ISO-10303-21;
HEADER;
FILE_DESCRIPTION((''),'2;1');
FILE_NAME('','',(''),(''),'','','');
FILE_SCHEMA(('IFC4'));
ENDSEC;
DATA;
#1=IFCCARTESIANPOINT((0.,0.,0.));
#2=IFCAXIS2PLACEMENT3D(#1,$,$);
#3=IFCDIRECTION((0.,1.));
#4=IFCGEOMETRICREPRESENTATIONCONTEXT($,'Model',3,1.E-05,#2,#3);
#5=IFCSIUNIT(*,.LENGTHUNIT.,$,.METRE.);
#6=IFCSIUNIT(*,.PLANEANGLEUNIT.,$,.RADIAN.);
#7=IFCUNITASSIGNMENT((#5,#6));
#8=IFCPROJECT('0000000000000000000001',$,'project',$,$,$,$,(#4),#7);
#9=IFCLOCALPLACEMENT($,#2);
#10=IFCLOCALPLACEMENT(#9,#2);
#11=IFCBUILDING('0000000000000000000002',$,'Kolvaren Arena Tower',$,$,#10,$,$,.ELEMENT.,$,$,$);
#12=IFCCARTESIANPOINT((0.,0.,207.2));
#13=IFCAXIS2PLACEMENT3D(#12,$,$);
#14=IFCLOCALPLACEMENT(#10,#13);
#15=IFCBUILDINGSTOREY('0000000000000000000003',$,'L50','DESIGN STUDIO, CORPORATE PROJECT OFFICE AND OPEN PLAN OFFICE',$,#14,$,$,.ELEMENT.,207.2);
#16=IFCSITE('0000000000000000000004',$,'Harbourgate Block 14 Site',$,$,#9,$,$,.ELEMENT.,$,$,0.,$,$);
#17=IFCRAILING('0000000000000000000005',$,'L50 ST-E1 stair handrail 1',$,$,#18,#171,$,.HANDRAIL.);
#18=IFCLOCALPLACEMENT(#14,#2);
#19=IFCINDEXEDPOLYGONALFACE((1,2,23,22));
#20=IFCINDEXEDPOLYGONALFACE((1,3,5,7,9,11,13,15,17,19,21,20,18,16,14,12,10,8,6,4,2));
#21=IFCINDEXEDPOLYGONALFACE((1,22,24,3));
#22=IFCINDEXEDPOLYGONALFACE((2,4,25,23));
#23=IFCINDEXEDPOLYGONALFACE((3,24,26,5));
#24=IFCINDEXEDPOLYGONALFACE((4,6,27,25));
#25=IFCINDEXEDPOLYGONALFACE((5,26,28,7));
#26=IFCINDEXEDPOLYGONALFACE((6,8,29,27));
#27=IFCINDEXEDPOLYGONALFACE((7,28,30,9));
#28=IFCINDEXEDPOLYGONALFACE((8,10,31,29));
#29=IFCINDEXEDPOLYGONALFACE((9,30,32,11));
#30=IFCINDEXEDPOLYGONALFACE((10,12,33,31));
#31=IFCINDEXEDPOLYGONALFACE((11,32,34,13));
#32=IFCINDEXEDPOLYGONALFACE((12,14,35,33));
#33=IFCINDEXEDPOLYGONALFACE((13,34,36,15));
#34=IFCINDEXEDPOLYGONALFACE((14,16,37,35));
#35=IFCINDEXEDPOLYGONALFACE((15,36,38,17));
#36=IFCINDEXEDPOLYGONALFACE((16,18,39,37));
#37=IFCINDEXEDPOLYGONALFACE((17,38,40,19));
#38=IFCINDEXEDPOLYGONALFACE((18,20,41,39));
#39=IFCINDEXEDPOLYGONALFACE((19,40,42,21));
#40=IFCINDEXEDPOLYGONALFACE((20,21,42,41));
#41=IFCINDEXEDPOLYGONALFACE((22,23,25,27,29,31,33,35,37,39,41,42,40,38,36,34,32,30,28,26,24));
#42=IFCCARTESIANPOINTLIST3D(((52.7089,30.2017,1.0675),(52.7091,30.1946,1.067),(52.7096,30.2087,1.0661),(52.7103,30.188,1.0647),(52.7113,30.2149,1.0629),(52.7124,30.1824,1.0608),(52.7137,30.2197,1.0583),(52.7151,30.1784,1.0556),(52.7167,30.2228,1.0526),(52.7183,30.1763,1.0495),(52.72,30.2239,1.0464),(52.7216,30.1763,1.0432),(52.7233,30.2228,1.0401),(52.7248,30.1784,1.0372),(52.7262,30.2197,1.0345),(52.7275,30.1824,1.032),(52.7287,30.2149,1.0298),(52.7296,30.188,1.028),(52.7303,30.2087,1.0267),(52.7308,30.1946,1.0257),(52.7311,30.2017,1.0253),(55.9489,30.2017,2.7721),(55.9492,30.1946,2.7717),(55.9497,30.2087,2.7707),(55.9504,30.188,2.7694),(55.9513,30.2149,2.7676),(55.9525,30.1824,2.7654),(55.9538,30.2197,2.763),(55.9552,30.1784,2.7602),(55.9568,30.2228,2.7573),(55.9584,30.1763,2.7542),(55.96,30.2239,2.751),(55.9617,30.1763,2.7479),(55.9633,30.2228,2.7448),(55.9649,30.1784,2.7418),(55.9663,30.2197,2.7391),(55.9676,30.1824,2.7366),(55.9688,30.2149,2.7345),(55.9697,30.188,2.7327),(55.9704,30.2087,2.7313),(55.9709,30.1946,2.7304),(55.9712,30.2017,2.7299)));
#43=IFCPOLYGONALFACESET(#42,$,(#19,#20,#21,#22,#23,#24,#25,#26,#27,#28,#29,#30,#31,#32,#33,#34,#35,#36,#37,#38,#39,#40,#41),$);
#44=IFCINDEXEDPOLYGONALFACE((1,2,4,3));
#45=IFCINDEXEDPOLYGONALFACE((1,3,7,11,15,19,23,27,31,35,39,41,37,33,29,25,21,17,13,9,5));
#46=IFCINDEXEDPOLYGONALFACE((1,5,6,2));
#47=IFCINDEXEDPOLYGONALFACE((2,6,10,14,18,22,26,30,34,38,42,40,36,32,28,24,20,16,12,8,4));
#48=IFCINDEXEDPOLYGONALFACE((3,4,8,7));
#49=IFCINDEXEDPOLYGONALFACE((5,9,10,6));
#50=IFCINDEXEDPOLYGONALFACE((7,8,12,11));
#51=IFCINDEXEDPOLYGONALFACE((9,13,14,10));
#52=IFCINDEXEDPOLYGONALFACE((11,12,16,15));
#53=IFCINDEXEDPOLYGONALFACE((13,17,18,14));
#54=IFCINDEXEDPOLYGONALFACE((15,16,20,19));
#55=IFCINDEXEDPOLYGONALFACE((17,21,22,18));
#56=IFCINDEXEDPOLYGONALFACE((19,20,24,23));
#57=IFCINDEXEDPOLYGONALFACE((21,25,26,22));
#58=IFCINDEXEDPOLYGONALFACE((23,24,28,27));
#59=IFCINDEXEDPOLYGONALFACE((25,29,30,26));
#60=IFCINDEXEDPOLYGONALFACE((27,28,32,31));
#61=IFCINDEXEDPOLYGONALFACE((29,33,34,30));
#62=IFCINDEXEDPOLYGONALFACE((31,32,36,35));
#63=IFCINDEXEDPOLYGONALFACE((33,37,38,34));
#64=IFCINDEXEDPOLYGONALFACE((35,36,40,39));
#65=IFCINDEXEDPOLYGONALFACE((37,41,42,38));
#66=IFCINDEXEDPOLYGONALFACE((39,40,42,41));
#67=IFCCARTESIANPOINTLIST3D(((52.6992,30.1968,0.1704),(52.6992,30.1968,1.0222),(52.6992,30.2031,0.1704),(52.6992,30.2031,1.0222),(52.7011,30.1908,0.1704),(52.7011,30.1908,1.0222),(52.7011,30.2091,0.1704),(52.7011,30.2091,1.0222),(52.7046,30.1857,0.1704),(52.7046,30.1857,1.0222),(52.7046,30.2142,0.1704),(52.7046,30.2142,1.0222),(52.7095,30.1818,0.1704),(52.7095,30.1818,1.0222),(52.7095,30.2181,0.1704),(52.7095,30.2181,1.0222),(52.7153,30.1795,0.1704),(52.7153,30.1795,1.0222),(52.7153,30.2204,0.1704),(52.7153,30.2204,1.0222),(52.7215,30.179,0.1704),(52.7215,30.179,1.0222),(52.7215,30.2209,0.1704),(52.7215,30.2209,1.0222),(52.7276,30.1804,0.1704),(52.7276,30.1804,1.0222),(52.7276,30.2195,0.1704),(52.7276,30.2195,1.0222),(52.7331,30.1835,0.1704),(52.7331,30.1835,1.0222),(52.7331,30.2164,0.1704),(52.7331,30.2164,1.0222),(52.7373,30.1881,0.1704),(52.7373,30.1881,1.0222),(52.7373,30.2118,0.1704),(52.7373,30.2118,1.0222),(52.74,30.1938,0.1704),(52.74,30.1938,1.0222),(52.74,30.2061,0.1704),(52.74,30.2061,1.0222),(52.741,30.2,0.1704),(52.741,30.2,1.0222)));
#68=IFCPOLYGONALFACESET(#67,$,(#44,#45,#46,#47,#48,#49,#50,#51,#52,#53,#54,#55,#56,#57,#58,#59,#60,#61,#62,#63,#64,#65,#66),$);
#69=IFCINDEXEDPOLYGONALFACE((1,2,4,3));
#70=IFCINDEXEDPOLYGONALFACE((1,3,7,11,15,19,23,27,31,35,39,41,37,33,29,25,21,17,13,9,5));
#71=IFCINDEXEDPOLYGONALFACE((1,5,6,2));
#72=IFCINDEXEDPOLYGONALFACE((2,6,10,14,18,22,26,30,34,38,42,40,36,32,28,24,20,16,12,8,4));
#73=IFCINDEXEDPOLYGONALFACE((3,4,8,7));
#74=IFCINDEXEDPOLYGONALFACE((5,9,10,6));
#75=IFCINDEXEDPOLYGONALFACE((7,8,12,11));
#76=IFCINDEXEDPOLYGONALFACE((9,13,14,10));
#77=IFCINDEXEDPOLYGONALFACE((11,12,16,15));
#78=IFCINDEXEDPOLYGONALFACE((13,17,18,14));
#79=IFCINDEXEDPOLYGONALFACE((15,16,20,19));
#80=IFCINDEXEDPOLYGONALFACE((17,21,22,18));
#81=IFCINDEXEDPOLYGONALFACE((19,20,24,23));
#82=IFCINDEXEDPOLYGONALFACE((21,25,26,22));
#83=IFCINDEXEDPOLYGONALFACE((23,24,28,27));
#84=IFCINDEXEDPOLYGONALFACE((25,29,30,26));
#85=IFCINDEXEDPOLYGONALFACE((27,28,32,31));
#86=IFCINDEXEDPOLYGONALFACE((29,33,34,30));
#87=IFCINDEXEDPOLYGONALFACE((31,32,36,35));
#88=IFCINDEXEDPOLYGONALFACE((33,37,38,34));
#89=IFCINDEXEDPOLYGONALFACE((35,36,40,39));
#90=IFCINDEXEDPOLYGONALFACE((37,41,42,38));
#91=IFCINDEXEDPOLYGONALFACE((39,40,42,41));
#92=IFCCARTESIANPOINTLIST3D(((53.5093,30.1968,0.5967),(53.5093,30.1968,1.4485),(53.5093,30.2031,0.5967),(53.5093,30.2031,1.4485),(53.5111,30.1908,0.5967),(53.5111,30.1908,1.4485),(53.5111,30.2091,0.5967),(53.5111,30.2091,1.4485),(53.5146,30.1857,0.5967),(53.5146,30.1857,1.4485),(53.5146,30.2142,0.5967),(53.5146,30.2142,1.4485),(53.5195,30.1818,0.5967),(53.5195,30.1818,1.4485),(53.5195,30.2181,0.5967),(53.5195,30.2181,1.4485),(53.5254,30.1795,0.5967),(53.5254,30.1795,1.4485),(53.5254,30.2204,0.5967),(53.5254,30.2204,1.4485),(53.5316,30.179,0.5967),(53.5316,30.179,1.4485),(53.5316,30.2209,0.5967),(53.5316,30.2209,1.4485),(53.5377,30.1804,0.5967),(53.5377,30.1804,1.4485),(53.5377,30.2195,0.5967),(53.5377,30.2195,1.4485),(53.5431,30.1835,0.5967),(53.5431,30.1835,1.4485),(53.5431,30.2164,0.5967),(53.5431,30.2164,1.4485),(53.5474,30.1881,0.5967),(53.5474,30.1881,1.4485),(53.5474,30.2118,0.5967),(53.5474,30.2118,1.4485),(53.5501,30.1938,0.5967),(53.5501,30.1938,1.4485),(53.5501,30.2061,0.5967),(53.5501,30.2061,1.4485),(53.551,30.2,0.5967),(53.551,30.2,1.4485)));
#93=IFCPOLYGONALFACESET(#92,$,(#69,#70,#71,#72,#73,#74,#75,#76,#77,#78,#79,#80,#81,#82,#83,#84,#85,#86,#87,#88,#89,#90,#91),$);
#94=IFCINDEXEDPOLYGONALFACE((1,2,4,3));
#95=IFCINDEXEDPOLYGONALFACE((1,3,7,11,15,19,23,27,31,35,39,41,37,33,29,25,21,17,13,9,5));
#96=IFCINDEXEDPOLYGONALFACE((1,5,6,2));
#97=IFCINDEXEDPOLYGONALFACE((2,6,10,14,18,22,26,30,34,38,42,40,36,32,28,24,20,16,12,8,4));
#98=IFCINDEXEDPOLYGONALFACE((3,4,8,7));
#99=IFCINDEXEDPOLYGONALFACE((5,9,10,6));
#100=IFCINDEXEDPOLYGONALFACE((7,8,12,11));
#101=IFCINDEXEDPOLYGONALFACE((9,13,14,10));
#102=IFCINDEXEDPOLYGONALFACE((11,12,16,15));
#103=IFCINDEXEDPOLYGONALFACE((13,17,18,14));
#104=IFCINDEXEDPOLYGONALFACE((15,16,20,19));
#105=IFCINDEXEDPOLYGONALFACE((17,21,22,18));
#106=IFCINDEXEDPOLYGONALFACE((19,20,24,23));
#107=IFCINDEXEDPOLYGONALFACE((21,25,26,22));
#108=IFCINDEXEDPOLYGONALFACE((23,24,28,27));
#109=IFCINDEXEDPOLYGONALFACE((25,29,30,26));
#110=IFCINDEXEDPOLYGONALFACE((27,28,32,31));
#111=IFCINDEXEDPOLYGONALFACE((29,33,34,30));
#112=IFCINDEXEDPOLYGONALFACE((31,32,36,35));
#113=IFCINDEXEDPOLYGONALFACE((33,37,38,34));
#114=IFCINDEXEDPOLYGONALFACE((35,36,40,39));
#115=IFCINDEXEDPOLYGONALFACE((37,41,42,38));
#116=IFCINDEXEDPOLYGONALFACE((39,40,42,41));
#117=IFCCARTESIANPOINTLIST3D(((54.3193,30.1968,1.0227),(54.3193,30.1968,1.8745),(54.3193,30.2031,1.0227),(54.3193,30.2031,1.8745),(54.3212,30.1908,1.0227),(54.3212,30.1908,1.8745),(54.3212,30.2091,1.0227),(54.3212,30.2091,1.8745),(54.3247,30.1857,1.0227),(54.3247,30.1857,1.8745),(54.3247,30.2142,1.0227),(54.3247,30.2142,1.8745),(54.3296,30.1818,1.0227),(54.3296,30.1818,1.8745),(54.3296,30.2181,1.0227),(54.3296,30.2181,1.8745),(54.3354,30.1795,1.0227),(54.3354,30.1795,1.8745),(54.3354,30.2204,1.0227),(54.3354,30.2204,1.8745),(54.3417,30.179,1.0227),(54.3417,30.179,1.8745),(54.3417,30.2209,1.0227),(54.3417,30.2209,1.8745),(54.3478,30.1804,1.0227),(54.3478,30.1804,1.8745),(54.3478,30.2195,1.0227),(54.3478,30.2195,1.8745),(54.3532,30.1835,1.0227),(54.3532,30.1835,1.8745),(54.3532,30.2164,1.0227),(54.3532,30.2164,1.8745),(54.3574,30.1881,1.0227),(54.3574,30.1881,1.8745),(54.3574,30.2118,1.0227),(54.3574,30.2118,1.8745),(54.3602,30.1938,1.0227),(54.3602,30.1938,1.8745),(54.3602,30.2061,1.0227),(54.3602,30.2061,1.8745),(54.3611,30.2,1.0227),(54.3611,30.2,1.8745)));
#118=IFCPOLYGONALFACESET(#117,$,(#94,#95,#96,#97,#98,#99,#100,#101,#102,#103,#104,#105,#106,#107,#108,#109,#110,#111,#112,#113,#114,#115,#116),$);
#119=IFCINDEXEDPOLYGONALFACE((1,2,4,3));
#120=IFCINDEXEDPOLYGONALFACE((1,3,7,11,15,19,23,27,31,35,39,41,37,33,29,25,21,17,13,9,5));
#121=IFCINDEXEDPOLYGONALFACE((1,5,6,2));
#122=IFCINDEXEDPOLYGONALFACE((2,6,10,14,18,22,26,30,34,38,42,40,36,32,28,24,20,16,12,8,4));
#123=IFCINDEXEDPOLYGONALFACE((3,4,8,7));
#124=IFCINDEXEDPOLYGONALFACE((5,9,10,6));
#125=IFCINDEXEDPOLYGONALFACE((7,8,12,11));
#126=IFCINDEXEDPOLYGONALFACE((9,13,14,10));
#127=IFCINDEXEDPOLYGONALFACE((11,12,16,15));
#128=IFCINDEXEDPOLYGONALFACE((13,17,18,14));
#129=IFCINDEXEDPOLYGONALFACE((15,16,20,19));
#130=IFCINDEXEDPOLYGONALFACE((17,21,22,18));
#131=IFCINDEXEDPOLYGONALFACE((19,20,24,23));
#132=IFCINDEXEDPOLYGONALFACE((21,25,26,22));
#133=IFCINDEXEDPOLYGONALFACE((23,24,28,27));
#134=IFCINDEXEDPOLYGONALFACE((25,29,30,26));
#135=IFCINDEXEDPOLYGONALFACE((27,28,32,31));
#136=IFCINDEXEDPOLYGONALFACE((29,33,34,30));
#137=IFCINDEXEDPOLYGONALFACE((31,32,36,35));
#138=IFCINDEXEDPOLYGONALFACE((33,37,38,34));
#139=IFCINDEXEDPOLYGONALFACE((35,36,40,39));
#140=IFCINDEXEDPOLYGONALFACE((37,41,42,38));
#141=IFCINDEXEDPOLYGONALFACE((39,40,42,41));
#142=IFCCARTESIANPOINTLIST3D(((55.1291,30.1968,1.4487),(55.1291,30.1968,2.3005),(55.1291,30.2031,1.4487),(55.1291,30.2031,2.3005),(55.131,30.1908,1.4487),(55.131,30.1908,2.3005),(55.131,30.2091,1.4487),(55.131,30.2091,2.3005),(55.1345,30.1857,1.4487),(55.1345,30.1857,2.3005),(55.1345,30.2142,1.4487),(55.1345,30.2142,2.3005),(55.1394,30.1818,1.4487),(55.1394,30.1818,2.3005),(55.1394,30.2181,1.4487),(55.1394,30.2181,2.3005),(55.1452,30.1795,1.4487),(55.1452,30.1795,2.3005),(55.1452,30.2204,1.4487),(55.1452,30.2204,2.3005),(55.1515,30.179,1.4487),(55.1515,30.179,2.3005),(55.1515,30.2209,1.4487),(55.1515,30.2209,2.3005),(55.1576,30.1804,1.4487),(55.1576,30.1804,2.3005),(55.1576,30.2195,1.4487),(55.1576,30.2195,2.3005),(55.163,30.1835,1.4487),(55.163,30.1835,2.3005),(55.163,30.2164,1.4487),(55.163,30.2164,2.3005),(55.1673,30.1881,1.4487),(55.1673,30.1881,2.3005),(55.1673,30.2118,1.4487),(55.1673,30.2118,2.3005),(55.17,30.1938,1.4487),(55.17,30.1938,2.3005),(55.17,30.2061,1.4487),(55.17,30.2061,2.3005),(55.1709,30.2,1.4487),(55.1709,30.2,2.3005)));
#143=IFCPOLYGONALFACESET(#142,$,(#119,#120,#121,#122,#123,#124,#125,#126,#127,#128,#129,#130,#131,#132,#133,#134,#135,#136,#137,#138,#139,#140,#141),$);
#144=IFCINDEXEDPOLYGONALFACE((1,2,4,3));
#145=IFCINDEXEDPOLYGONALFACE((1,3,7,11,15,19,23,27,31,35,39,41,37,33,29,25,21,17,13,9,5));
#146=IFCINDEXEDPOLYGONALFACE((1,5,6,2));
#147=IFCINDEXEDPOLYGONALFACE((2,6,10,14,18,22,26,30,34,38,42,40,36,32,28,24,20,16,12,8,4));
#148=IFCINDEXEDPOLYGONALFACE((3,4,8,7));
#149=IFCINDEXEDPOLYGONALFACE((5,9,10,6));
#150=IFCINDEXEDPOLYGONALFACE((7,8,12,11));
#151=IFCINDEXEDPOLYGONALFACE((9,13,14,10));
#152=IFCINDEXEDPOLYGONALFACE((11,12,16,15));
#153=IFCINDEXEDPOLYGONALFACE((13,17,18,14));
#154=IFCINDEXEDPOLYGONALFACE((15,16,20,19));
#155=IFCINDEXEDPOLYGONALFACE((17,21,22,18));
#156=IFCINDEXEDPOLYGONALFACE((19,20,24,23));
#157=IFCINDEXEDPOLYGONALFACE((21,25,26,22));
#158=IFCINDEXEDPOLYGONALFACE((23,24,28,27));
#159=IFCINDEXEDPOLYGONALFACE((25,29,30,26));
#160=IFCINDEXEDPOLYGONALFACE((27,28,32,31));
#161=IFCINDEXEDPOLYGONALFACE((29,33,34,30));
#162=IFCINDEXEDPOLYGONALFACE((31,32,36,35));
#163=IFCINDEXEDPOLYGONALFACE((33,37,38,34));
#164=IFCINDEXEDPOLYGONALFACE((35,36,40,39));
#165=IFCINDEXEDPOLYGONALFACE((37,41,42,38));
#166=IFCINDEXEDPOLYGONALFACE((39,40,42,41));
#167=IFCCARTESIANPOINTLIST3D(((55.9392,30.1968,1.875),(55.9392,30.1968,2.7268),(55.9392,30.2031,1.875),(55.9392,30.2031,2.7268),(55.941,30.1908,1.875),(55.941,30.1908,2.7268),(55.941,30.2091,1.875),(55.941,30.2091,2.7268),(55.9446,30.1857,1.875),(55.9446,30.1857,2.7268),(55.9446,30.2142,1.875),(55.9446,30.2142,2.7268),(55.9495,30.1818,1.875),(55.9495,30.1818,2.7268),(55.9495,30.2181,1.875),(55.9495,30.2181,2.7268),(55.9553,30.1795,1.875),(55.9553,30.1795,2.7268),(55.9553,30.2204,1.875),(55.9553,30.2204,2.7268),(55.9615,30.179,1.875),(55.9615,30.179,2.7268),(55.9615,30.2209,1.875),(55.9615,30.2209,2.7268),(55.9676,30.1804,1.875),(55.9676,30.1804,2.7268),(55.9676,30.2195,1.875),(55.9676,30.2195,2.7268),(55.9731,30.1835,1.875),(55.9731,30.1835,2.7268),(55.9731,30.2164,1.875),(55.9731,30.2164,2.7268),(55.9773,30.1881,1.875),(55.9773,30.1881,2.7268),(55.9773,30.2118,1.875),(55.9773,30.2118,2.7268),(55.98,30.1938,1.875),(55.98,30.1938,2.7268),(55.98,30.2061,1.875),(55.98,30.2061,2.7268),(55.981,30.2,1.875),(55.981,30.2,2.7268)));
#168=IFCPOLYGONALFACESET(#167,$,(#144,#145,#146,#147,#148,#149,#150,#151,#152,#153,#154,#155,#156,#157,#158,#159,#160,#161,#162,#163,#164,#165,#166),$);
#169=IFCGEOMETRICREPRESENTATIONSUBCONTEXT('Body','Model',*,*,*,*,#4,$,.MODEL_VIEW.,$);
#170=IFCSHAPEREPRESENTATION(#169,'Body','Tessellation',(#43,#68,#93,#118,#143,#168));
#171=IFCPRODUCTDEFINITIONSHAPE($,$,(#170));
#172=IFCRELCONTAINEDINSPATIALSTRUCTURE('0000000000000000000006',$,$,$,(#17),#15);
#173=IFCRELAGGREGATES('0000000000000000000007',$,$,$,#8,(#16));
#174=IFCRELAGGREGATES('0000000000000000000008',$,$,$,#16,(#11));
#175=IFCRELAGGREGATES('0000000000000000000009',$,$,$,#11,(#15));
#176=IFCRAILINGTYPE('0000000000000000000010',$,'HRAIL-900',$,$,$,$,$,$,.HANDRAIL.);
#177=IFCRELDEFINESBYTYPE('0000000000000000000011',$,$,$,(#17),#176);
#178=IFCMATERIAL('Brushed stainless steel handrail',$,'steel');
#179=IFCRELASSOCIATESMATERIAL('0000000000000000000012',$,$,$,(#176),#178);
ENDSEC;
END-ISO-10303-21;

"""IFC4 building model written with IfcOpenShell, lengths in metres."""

from ifc_helpers import new_model, si_unit, direction, frame, origin, origin_2d, place, context, subcontext, project, spatial, circle, extrude, material, type_object, element, save


model = new_model("IFC4")

# Units and contexts
model_context = context("Model", 3, precision=1e-05, world=origin(), true_north=direction((0.0, 1.0)))
body_context = subcontext(model_context, "Body", "Model", "MODEL_VIEW")
ifc_project = project(units=[si_unit("LENGTHUNIT", "METRE"), si_unit("PLANEANGLEUNIT", "RADIAN")], contexts=[model_context])

# Site, building, storey
site_placement = place(None, origin())
site = spatial("IfcSite", under=ifc_project, at=site_placement, Name="Harbourgate Block 14 Site", CompositionType="ELEMENT", RefElevation=0.0)
building_placement = place(site_placement, origin())
building = spatial("IfcBuilding", under=site, at=building_placement, Name="Kolvaren Arena Tower", CompositionType="ELEMENT")
storey_placement = place(building_placement, frame((0.0, 0.0, 207.2)))
storey = spatial("IfcBuildingStorey", under=building, at=storey_placement, Name="L50", Description="DESIGN STUDIO, CORPORATE PROJECT OFFICE AND OPEN PLAN OFFICE", CompositionType="ELEMENT", Elevation=207.2)

# Railing
ifc_material_1 = material(Name="Brushed stainless steel handrail", Category="steel")
railing_type_1 = type_object("IfcRailingType", Name="HRAIL-900", PredefinedType="HANDRAIL", material=ifc_material_1)
railing_1_placement = place(storey_placement, frame((52.72, 30.2, 0.1704)))
element("IfcRailing", 1, at=railing_1_placement, inside=storey, type_object=railing_type_1, Name="L50 ST-E1 stair handrail 1", PredefinedType="HANDRAIL", context=body_context, shape_type="SweptSolid", body=[
    extrude(circle(Radius=0.0239, at=origin_2d()), frame((0.0, 0.0, 0.876), z_axis=(0.884993, 0.0, 0.465604), x_axis=(0.0, 1.0, 0.0)), (0.0, 0.0, 1.0), 3.6611),
    extrude(circle(Radius=0.021, at=origin_2d()), origin(), (0.0, 0.0, 1.0), 0.8518),
    extrude(circle(Radius=0.021, at=origin_2d()), frame((0.8101, 0.0, 0.4263)), (0.0, 0.0, 1.0), 0.8518),
    extrude(circle(Radius=0.021, at=origin_2d()), frame((1.6201, 0.0, 0.8523)), (0.0, 0.0, 1.0), 0.8518),
    extrude(circle(Radius=0.021, at=origin_2d()), frame((2.4299, 0.0, 1.2783)), (0.0, 0.0, 1.0), 0.8518),
    extrude(circle(Radius=0.021, at=origin_2d()), frame((3.24, 0.0, 1.7046)), (0.0, 0.0, 1.0), 0.8518),
])

save(model, "model.ifc")
